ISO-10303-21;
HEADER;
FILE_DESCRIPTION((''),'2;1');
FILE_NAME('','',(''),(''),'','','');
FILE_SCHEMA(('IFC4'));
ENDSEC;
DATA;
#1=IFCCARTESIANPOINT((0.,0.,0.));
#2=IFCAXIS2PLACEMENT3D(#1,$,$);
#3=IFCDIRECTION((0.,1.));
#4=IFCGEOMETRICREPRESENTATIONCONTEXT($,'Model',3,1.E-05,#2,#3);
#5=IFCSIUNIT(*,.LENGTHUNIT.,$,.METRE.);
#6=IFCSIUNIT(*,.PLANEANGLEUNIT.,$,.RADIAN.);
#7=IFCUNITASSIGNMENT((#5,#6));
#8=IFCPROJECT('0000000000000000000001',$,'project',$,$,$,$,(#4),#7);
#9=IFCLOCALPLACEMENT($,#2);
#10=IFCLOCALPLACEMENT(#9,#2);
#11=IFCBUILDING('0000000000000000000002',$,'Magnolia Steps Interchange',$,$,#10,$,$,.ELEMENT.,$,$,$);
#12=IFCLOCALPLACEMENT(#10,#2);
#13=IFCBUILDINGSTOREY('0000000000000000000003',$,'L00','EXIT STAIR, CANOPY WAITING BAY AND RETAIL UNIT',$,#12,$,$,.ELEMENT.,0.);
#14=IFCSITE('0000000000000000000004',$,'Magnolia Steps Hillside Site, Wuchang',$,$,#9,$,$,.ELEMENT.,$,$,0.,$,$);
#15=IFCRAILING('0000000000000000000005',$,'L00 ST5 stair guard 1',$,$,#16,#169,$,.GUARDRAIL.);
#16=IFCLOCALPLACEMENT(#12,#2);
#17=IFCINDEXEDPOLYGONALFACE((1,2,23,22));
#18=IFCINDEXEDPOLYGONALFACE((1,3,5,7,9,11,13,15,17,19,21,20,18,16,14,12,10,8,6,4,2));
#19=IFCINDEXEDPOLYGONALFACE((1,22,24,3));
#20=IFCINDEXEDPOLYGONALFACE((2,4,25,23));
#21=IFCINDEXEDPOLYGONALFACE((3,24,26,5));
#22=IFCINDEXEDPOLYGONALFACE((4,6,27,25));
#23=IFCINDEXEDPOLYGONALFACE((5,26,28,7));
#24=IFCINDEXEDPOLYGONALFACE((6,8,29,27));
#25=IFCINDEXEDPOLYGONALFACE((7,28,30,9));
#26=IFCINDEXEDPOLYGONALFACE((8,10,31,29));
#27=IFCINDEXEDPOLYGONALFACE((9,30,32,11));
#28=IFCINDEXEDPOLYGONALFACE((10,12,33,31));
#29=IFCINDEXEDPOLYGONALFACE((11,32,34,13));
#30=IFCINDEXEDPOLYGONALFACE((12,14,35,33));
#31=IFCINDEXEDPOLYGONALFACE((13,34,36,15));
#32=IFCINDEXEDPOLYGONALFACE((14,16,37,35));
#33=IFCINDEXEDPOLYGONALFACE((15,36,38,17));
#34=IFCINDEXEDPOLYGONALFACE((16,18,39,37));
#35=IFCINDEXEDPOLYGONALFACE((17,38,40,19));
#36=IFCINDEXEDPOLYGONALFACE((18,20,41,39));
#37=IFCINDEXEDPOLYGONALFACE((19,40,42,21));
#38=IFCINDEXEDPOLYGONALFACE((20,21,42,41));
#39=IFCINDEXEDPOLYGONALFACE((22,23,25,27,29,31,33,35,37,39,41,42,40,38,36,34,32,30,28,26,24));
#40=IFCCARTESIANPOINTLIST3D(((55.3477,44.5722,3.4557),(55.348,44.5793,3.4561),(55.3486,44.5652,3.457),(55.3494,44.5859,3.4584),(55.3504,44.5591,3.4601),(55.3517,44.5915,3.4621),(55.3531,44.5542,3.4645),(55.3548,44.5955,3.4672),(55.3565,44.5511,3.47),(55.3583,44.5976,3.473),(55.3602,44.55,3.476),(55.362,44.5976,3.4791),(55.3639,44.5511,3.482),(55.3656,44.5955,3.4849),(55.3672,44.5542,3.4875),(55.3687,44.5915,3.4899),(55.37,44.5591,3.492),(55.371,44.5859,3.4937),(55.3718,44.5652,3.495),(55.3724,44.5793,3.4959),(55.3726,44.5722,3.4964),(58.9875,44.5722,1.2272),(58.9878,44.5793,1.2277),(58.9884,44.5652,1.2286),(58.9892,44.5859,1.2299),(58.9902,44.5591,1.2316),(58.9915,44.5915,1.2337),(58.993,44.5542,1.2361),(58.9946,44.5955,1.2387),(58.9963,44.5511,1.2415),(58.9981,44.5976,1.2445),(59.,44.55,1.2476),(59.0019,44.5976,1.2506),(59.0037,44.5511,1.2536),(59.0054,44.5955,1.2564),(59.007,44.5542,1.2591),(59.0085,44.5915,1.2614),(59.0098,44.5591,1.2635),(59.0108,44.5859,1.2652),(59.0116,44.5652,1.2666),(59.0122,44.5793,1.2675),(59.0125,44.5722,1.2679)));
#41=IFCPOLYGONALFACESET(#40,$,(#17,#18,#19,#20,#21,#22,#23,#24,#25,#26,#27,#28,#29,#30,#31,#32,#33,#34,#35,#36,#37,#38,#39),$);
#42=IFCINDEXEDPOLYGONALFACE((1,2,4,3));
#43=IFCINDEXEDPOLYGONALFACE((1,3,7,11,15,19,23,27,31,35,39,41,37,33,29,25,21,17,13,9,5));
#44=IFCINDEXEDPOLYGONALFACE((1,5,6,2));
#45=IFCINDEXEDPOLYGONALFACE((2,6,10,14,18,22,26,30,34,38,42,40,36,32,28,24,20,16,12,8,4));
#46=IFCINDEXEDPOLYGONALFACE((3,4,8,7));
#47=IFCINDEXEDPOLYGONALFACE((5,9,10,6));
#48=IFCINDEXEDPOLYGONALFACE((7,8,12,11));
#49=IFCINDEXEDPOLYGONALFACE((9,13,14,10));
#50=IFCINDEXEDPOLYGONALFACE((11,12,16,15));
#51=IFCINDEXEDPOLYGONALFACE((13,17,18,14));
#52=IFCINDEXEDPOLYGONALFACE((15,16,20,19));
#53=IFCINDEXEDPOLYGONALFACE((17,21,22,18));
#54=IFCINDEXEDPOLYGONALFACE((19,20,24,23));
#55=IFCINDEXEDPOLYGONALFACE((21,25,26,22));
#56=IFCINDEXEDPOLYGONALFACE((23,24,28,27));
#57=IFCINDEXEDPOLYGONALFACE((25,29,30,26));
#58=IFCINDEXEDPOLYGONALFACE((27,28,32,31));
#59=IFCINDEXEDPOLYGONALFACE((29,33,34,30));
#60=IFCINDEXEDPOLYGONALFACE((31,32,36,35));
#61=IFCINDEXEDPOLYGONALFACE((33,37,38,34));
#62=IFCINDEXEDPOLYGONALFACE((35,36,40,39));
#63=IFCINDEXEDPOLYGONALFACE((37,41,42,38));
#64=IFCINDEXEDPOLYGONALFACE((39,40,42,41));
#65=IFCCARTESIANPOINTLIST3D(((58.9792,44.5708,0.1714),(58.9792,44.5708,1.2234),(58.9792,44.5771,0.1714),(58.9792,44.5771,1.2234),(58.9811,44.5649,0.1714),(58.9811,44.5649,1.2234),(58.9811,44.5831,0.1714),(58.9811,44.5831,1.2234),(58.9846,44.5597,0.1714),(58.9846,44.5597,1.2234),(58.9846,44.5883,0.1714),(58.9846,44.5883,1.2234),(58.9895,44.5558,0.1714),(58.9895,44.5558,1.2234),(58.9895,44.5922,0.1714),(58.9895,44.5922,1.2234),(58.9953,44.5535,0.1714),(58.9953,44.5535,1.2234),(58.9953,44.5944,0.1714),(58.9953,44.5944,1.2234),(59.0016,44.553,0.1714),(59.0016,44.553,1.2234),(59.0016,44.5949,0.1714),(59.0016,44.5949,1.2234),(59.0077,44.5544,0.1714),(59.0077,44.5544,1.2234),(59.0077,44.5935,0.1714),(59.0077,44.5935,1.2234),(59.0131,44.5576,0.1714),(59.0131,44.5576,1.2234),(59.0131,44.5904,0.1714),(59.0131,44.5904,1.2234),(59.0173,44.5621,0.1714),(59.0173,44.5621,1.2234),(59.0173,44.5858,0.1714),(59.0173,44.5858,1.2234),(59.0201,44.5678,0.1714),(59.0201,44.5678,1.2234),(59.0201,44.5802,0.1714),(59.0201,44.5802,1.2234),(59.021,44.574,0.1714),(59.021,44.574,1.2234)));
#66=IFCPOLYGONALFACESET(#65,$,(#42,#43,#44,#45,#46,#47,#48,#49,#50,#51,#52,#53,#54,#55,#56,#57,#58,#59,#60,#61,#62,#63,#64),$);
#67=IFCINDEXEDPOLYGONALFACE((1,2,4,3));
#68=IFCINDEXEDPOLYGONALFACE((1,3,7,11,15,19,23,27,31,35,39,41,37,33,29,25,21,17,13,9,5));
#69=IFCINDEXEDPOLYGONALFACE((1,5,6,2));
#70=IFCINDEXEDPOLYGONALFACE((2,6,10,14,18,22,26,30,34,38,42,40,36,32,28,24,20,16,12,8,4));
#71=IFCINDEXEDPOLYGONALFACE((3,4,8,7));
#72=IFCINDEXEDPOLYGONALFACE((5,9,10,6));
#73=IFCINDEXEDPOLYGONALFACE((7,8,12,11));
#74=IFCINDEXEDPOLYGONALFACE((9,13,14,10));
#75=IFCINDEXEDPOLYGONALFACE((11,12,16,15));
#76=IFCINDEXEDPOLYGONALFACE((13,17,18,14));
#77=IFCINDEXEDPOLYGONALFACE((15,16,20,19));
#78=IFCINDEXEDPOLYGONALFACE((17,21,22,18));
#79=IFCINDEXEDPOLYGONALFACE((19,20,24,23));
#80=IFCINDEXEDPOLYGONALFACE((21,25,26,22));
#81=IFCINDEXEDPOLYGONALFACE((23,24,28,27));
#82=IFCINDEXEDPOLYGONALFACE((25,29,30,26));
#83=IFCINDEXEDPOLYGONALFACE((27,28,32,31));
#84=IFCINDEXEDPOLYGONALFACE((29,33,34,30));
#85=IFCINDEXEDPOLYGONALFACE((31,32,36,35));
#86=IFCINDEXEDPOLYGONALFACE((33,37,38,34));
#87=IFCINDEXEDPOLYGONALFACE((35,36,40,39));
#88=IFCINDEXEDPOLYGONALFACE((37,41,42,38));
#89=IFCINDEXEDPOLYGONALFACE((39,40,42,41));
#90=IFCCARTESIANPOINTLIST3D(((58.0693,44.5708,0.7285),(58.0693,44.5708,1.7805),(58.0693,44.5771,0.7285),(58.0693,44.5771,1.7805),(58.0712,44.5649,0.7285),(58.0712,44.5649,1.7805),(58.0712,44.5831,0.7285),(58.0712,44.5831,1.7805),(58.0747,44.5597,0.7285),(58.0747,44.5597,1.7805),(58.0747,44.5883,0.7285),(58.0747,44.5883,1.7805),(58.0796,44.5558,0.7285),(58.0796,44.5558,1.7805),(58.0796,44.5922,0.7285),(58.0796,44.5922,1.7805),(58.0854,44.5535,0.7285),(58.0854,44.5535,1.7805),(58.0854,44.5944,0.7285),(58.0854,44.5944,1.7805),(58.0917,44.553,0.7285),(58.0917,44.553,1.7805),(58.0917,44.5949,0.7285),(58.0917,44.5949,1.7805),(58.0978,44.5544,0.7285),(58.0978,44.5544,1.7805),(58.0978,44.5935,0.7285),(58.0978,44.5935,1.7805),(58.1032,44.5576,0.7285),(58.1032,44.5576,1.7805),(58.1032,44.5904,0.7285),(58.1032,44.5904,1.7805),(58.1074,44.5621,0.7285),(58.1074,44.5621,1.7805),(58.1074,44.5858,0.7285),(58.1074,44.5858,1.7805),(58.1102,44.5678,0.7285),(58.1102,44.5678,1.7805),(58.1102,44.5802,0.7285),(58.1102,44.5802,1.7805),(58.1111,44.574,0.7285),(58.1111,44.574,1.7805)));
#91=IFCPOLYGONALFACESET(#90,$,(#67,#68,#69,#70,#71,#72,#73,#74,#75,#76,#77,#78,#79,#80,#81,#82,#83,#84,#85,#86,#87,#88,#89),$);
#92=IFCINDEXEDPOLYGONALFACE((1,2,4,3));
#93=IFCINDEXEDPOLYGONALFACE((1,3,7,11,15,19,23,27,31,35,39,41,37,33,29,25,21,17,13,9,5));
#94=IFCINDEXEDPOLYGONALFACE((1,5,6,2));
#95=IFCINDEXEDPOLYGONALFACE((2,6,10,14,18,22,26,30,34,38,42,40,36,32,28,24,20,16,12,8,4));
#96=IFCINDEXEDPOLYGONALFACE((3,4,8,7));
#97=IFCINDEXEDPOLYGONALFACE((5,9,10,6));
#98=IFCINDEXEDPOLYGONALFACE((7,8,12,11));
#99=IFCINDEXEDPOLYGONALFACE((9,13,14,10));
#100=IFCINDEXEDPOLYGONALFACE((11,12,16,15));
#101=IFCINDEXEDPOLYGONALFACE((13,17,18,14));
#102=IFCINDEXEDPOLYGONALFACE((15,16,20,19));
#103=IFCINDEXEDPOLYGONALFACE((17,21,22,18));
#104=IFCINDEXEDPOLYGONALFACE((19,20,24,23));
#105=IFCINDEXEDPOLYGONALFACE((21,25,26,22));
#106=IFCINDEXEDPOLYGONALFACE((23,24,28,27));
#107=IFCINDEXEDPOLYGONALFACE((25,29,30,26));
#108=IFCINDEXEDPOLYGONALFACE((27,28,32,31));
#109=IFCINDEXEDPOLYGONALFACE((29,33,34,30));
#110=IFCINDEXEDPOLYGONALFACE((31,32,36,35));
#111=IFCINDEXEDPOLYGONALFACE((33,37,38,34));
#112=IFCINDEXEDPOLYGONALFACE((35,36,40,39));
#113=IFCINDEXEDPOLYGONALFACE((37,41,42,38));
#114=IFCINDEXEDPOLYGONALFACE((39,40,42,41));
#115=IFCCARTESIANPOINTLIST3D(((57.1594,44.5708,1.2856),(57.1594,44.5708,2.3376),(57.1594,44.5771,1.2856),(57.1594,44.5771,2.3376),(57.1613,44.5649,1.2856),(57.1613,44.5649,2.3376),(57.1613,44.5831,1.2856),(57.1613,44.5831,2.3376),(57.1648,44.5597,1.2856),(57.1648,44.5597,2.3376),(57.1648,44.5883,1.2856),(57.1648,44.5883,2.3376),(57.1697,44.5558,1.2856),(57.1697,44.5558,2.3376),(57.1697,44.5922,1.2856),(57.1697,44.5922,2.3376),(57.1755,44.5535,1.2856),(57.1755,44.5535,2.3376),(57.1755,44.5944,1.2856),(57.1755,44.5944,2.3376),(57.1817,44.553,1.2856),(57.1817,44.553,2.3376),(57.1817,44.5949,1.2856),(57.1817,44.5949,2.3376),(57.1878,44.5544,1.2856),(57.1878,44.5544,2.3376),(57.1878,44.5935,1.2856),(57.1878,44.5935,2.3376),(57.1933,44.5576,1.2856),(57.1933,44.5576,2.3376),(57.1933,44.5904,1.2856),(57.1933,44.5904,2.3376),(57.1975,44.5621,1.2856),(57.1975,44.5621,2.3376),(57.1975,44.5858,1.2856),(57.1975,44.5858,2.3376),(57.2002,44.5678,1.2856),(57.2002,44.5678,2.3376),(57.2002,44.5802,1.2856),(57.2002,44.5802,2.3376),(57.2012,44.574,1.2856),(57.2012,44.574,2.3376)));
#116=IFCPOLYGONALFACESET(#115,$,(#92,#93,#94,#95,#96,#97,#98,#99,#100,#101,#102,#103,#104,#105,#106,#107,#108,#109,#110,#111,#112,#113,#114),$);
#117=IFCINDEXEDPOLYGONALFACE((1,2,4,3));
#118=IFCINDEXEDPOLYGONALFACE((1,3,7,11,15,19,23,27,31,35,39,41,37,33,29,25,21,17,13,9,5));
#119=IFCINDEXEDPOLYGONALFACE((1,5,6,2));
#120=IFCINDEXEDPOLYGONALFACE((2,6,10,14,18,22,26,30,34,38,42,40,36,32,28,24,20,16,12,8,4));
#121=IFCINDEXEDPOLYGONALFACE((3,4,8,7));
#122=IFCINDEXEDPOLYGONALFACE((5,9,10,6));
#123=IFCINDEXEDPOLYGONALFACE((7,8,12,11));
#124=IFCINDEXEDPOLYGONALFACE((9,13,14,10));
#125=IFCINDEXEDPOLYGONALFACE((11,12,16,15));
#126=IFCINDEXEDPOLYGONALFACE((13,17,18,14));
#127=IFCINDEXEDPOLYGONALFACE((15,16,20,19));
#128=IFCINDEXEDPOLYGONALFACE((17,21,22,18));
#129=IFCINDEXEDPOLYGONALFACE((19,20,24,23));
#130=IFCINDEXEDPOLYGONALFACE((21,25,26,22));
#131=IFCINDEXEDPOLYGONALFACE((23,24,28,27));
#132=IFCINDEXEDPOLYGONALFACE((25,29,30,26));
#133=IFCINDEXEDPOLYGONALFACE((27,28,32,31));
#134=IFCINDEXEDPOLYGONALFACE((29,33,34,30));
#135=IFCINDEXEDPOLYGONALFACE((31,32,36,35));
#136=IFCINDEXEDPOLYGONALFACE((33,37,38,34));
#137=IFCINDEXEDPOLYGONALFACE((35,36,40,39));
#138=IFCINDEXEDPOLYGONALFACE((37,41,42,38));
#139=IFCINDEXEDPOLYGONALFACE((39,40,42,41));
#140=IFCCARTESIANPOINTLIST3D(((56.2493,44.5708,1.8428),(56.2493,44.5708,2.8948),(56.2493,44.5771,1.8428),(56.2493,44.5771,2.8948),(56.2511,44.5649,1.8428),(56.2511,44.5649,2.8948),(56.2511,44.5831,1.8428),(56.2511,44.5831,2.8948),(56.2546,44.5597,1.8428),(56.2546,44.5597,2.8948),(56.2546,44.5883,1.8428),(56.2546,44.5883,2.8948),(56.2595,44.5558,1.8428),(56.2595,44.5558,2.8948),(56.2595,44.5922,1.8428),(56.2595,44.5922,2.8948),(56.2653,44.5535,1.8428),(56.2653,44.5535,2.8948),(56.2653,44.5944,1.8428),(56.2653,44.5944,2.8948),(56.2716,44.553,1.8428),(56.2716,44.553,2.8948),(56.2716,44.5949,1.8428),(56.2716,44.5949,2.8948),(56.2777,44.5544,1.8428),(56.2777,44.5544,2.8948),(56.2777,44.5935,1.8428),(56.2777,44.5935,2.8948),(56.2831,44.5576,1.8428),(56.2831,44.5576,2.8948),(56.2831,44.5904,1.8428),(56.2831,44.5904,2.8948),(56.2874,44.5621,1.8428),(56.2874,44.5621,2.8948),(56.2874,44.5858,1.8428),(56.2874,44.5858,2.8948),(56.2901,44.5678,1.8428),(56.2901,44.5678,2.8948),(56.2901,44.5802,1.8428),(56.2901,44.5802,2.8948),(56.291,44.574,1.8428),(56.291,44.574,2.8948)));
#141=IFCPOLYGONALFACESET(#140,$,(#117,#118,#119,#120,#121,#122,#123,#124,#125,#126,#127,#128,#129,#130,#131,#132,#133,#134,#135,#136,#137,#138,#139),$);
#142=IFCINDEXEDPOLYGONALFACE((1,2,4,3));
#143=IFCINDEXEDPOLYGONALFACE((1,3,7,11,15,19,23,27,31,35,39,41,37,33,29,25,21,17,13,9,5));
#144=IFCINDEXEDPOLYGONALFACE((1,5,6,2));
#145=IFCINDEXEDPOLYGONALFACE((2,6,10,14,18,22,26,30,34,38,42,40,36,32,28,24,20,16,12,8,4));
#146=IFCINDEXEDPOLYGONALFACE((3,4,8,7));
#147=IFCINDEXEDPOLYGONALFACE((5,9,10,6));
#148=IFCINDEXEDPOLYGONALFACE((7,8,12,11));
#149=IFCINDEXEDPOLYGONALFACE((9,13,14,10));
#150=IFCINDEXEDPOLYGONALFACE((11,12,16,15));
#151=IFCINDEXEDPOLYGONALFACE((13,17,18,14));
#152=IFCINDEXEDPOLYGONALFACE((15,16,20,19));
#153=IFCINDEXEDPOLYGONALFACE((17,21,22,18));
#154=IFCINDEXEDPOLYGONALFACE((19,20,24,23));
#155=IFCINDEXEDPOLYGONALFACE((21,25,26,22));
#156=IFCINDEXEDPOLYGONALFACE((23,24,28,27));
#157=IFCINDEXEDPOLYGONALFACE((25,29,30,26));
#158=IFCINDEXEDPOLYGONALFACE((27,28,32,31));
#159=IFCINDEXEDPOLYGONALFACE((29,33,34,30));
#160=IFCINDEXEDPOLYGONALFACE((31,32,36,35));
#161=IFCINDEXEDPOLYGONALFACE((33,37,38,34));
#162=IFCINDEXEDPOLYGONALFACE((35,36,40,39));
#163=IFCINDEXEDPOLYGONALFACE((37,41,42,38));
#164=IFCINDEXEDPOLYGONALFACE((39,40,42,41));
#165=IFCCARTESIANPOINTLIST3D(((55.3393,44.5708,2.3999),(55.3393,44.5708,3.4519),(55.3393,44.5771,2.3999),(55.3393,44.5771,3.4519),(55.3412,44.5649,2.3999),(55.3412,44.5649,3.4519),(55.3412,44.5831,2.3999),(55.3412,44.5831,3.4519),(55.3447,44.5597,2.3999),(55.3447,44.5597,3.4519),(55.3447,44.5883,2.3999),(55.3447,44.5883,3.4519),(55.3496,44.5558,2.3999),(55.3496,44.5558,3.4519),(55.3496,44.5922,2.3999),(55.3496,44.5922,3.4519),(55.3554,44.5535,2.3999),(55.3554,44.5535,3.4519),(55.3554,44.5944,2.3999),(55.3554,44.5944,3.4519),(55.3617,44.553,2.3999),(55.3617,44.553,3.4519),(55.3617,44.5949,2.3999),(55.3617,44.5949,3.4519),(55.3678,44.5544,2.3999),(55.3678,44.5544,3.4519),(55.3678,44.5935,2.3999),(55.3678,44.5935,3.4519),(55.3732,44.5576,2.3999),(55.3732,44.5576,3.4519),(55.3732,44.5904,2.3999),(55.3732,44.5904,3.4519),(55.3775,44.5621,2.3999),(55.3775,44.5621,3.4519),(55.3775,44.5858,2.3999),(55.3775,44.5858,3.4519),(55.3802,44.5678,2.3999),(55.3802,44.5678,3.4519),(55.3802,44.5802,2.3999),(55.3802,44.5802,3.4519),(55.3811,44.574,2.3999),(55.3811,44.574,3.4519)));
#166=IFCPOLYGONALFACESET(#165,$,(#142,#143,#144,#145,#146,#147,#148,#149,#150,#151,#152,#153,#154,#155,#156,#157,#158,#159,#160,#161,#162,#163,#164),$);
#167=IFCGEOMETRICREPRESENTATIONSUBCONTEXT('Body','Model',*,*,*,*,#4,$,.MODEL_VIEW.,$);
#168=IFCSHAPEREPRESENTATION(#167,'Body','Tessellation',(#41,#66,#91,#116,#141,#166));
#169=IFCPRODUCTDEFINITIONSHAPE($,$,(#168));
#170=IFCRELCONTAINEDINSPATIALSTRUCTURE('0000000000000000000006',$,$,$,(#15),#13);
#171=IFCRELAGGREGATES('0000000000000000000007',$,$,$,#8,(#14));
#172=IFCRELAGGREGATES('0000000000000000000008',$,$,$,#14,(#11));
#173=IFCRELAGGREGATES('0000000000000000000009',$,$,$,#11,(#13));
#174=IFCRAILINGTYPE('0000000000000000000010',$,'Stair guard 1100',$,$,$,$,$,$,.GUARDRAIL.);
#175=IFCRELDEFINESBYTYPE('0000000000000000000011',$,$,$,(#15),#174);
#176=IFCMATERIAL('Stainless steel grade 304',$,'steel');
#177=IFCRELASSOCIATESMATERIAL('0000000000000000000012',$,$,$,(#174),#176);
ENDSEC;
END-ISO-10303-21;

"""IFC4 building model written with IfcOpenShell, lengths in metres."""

from ifc_helpers import new_model, si_unit, direction, frame, origin, origin_2d, place, context, subcontext, project, spatial, circle, extrude, material, type_object, element, save


model = new_model("IFC4")

# Units and contexts
model_context = context("Model", 3, precision=1e-05, world=origin(), true_north=direction((0.0, 1.0)))
body_context = subcontext(model_context, "Body", "Model", "MODEL_VIEW")
ifc_project = project(units=[si_unit("LENGTHUNIT", "METRE"), si_unit("PLANEANGLEUNIT", "RADIAN")], contexts=[model_context])

# Site, building, storey
site_placement = place(None, origin())
site = spatial("IfcSite", under=ifc_project, at=site_placement, Name="Magnolia Steps Hillside Site, Wuchang", CompositionType="ELEMENT", RefElevation=0.0)
building_placement = place(site_placement, origin())
building = spatial("IfcBuilding", under=site, at=building_placement, Name="Magnolia Steps Interchange", CompositionType="ELEMENT")
storey_placement = place(building_placement, origin())
storey = spatial("IfcBuildingStorey", under=building, at=storey_placement, Name="L00", Description="EXIT STAIR, CANOPY WAITING BAY AND RETAIL UNIT", CompositionType="ELEMENT", Elevation=0.0)

# Railing
ifc_material_1 = material(Name="Stainless steel grade 304", Category="steel")
railing_type_1 = type_object("IfcRailingType", Name="Stair guard 1100", PredefinedType="GUARDRAIL", material=ifc_material_1)
railing_1_placement = place(storey_placement, frame((59.0, 44.574, 0.1714)))
element("IfcRailing", 1, at=railing_1_placement, inside=storey, type_object=railing_type_1, Name="L00 ST5 stair guard 1", PredefinedType="GUARDRAIL", context=body_context, shape_type="SweptSolid", body=[
    extrude(circle(Radius=0.0239, at=origin_2d()), frame((0.0, 0.0, 1.0762), z_axis=(-0.85285, 0.0, 0.522156), x_axis=(0.0, -1.0, 0.0)), (0.0, 0.0, 1.0), 4.2678),
    extrude(circle(Radius=0.021, at=origin_2d()), origin(), (0.0, 0.0, 1.0), 1.052),
    extrude(circle(Radius=0.021, at=origin_2d()), frame((-0.9099, 0.0, 0.5571)), (0.0, 0.0, 1.0), 1.052),
    extrude(circle(Radius=0.021, at=origin_2d()), frame((-1.8198, 0.0, 1.1143)), (0.0, 0.0, 1.0), 1.052),
    extrude(circle(Radius=0.021, at=origin_2d()), frame((-2.73, 0.0, 1.6714)), (0.0, 0.0, 1.0), 1.052),
    extrude(circle(Radius=0.021, at=origin_2d()), frame((-3.6399, 0.0, 2.2285)), (0.0, 0.0, 1.0), 1.052),
])

save(model, "model.ifc")
